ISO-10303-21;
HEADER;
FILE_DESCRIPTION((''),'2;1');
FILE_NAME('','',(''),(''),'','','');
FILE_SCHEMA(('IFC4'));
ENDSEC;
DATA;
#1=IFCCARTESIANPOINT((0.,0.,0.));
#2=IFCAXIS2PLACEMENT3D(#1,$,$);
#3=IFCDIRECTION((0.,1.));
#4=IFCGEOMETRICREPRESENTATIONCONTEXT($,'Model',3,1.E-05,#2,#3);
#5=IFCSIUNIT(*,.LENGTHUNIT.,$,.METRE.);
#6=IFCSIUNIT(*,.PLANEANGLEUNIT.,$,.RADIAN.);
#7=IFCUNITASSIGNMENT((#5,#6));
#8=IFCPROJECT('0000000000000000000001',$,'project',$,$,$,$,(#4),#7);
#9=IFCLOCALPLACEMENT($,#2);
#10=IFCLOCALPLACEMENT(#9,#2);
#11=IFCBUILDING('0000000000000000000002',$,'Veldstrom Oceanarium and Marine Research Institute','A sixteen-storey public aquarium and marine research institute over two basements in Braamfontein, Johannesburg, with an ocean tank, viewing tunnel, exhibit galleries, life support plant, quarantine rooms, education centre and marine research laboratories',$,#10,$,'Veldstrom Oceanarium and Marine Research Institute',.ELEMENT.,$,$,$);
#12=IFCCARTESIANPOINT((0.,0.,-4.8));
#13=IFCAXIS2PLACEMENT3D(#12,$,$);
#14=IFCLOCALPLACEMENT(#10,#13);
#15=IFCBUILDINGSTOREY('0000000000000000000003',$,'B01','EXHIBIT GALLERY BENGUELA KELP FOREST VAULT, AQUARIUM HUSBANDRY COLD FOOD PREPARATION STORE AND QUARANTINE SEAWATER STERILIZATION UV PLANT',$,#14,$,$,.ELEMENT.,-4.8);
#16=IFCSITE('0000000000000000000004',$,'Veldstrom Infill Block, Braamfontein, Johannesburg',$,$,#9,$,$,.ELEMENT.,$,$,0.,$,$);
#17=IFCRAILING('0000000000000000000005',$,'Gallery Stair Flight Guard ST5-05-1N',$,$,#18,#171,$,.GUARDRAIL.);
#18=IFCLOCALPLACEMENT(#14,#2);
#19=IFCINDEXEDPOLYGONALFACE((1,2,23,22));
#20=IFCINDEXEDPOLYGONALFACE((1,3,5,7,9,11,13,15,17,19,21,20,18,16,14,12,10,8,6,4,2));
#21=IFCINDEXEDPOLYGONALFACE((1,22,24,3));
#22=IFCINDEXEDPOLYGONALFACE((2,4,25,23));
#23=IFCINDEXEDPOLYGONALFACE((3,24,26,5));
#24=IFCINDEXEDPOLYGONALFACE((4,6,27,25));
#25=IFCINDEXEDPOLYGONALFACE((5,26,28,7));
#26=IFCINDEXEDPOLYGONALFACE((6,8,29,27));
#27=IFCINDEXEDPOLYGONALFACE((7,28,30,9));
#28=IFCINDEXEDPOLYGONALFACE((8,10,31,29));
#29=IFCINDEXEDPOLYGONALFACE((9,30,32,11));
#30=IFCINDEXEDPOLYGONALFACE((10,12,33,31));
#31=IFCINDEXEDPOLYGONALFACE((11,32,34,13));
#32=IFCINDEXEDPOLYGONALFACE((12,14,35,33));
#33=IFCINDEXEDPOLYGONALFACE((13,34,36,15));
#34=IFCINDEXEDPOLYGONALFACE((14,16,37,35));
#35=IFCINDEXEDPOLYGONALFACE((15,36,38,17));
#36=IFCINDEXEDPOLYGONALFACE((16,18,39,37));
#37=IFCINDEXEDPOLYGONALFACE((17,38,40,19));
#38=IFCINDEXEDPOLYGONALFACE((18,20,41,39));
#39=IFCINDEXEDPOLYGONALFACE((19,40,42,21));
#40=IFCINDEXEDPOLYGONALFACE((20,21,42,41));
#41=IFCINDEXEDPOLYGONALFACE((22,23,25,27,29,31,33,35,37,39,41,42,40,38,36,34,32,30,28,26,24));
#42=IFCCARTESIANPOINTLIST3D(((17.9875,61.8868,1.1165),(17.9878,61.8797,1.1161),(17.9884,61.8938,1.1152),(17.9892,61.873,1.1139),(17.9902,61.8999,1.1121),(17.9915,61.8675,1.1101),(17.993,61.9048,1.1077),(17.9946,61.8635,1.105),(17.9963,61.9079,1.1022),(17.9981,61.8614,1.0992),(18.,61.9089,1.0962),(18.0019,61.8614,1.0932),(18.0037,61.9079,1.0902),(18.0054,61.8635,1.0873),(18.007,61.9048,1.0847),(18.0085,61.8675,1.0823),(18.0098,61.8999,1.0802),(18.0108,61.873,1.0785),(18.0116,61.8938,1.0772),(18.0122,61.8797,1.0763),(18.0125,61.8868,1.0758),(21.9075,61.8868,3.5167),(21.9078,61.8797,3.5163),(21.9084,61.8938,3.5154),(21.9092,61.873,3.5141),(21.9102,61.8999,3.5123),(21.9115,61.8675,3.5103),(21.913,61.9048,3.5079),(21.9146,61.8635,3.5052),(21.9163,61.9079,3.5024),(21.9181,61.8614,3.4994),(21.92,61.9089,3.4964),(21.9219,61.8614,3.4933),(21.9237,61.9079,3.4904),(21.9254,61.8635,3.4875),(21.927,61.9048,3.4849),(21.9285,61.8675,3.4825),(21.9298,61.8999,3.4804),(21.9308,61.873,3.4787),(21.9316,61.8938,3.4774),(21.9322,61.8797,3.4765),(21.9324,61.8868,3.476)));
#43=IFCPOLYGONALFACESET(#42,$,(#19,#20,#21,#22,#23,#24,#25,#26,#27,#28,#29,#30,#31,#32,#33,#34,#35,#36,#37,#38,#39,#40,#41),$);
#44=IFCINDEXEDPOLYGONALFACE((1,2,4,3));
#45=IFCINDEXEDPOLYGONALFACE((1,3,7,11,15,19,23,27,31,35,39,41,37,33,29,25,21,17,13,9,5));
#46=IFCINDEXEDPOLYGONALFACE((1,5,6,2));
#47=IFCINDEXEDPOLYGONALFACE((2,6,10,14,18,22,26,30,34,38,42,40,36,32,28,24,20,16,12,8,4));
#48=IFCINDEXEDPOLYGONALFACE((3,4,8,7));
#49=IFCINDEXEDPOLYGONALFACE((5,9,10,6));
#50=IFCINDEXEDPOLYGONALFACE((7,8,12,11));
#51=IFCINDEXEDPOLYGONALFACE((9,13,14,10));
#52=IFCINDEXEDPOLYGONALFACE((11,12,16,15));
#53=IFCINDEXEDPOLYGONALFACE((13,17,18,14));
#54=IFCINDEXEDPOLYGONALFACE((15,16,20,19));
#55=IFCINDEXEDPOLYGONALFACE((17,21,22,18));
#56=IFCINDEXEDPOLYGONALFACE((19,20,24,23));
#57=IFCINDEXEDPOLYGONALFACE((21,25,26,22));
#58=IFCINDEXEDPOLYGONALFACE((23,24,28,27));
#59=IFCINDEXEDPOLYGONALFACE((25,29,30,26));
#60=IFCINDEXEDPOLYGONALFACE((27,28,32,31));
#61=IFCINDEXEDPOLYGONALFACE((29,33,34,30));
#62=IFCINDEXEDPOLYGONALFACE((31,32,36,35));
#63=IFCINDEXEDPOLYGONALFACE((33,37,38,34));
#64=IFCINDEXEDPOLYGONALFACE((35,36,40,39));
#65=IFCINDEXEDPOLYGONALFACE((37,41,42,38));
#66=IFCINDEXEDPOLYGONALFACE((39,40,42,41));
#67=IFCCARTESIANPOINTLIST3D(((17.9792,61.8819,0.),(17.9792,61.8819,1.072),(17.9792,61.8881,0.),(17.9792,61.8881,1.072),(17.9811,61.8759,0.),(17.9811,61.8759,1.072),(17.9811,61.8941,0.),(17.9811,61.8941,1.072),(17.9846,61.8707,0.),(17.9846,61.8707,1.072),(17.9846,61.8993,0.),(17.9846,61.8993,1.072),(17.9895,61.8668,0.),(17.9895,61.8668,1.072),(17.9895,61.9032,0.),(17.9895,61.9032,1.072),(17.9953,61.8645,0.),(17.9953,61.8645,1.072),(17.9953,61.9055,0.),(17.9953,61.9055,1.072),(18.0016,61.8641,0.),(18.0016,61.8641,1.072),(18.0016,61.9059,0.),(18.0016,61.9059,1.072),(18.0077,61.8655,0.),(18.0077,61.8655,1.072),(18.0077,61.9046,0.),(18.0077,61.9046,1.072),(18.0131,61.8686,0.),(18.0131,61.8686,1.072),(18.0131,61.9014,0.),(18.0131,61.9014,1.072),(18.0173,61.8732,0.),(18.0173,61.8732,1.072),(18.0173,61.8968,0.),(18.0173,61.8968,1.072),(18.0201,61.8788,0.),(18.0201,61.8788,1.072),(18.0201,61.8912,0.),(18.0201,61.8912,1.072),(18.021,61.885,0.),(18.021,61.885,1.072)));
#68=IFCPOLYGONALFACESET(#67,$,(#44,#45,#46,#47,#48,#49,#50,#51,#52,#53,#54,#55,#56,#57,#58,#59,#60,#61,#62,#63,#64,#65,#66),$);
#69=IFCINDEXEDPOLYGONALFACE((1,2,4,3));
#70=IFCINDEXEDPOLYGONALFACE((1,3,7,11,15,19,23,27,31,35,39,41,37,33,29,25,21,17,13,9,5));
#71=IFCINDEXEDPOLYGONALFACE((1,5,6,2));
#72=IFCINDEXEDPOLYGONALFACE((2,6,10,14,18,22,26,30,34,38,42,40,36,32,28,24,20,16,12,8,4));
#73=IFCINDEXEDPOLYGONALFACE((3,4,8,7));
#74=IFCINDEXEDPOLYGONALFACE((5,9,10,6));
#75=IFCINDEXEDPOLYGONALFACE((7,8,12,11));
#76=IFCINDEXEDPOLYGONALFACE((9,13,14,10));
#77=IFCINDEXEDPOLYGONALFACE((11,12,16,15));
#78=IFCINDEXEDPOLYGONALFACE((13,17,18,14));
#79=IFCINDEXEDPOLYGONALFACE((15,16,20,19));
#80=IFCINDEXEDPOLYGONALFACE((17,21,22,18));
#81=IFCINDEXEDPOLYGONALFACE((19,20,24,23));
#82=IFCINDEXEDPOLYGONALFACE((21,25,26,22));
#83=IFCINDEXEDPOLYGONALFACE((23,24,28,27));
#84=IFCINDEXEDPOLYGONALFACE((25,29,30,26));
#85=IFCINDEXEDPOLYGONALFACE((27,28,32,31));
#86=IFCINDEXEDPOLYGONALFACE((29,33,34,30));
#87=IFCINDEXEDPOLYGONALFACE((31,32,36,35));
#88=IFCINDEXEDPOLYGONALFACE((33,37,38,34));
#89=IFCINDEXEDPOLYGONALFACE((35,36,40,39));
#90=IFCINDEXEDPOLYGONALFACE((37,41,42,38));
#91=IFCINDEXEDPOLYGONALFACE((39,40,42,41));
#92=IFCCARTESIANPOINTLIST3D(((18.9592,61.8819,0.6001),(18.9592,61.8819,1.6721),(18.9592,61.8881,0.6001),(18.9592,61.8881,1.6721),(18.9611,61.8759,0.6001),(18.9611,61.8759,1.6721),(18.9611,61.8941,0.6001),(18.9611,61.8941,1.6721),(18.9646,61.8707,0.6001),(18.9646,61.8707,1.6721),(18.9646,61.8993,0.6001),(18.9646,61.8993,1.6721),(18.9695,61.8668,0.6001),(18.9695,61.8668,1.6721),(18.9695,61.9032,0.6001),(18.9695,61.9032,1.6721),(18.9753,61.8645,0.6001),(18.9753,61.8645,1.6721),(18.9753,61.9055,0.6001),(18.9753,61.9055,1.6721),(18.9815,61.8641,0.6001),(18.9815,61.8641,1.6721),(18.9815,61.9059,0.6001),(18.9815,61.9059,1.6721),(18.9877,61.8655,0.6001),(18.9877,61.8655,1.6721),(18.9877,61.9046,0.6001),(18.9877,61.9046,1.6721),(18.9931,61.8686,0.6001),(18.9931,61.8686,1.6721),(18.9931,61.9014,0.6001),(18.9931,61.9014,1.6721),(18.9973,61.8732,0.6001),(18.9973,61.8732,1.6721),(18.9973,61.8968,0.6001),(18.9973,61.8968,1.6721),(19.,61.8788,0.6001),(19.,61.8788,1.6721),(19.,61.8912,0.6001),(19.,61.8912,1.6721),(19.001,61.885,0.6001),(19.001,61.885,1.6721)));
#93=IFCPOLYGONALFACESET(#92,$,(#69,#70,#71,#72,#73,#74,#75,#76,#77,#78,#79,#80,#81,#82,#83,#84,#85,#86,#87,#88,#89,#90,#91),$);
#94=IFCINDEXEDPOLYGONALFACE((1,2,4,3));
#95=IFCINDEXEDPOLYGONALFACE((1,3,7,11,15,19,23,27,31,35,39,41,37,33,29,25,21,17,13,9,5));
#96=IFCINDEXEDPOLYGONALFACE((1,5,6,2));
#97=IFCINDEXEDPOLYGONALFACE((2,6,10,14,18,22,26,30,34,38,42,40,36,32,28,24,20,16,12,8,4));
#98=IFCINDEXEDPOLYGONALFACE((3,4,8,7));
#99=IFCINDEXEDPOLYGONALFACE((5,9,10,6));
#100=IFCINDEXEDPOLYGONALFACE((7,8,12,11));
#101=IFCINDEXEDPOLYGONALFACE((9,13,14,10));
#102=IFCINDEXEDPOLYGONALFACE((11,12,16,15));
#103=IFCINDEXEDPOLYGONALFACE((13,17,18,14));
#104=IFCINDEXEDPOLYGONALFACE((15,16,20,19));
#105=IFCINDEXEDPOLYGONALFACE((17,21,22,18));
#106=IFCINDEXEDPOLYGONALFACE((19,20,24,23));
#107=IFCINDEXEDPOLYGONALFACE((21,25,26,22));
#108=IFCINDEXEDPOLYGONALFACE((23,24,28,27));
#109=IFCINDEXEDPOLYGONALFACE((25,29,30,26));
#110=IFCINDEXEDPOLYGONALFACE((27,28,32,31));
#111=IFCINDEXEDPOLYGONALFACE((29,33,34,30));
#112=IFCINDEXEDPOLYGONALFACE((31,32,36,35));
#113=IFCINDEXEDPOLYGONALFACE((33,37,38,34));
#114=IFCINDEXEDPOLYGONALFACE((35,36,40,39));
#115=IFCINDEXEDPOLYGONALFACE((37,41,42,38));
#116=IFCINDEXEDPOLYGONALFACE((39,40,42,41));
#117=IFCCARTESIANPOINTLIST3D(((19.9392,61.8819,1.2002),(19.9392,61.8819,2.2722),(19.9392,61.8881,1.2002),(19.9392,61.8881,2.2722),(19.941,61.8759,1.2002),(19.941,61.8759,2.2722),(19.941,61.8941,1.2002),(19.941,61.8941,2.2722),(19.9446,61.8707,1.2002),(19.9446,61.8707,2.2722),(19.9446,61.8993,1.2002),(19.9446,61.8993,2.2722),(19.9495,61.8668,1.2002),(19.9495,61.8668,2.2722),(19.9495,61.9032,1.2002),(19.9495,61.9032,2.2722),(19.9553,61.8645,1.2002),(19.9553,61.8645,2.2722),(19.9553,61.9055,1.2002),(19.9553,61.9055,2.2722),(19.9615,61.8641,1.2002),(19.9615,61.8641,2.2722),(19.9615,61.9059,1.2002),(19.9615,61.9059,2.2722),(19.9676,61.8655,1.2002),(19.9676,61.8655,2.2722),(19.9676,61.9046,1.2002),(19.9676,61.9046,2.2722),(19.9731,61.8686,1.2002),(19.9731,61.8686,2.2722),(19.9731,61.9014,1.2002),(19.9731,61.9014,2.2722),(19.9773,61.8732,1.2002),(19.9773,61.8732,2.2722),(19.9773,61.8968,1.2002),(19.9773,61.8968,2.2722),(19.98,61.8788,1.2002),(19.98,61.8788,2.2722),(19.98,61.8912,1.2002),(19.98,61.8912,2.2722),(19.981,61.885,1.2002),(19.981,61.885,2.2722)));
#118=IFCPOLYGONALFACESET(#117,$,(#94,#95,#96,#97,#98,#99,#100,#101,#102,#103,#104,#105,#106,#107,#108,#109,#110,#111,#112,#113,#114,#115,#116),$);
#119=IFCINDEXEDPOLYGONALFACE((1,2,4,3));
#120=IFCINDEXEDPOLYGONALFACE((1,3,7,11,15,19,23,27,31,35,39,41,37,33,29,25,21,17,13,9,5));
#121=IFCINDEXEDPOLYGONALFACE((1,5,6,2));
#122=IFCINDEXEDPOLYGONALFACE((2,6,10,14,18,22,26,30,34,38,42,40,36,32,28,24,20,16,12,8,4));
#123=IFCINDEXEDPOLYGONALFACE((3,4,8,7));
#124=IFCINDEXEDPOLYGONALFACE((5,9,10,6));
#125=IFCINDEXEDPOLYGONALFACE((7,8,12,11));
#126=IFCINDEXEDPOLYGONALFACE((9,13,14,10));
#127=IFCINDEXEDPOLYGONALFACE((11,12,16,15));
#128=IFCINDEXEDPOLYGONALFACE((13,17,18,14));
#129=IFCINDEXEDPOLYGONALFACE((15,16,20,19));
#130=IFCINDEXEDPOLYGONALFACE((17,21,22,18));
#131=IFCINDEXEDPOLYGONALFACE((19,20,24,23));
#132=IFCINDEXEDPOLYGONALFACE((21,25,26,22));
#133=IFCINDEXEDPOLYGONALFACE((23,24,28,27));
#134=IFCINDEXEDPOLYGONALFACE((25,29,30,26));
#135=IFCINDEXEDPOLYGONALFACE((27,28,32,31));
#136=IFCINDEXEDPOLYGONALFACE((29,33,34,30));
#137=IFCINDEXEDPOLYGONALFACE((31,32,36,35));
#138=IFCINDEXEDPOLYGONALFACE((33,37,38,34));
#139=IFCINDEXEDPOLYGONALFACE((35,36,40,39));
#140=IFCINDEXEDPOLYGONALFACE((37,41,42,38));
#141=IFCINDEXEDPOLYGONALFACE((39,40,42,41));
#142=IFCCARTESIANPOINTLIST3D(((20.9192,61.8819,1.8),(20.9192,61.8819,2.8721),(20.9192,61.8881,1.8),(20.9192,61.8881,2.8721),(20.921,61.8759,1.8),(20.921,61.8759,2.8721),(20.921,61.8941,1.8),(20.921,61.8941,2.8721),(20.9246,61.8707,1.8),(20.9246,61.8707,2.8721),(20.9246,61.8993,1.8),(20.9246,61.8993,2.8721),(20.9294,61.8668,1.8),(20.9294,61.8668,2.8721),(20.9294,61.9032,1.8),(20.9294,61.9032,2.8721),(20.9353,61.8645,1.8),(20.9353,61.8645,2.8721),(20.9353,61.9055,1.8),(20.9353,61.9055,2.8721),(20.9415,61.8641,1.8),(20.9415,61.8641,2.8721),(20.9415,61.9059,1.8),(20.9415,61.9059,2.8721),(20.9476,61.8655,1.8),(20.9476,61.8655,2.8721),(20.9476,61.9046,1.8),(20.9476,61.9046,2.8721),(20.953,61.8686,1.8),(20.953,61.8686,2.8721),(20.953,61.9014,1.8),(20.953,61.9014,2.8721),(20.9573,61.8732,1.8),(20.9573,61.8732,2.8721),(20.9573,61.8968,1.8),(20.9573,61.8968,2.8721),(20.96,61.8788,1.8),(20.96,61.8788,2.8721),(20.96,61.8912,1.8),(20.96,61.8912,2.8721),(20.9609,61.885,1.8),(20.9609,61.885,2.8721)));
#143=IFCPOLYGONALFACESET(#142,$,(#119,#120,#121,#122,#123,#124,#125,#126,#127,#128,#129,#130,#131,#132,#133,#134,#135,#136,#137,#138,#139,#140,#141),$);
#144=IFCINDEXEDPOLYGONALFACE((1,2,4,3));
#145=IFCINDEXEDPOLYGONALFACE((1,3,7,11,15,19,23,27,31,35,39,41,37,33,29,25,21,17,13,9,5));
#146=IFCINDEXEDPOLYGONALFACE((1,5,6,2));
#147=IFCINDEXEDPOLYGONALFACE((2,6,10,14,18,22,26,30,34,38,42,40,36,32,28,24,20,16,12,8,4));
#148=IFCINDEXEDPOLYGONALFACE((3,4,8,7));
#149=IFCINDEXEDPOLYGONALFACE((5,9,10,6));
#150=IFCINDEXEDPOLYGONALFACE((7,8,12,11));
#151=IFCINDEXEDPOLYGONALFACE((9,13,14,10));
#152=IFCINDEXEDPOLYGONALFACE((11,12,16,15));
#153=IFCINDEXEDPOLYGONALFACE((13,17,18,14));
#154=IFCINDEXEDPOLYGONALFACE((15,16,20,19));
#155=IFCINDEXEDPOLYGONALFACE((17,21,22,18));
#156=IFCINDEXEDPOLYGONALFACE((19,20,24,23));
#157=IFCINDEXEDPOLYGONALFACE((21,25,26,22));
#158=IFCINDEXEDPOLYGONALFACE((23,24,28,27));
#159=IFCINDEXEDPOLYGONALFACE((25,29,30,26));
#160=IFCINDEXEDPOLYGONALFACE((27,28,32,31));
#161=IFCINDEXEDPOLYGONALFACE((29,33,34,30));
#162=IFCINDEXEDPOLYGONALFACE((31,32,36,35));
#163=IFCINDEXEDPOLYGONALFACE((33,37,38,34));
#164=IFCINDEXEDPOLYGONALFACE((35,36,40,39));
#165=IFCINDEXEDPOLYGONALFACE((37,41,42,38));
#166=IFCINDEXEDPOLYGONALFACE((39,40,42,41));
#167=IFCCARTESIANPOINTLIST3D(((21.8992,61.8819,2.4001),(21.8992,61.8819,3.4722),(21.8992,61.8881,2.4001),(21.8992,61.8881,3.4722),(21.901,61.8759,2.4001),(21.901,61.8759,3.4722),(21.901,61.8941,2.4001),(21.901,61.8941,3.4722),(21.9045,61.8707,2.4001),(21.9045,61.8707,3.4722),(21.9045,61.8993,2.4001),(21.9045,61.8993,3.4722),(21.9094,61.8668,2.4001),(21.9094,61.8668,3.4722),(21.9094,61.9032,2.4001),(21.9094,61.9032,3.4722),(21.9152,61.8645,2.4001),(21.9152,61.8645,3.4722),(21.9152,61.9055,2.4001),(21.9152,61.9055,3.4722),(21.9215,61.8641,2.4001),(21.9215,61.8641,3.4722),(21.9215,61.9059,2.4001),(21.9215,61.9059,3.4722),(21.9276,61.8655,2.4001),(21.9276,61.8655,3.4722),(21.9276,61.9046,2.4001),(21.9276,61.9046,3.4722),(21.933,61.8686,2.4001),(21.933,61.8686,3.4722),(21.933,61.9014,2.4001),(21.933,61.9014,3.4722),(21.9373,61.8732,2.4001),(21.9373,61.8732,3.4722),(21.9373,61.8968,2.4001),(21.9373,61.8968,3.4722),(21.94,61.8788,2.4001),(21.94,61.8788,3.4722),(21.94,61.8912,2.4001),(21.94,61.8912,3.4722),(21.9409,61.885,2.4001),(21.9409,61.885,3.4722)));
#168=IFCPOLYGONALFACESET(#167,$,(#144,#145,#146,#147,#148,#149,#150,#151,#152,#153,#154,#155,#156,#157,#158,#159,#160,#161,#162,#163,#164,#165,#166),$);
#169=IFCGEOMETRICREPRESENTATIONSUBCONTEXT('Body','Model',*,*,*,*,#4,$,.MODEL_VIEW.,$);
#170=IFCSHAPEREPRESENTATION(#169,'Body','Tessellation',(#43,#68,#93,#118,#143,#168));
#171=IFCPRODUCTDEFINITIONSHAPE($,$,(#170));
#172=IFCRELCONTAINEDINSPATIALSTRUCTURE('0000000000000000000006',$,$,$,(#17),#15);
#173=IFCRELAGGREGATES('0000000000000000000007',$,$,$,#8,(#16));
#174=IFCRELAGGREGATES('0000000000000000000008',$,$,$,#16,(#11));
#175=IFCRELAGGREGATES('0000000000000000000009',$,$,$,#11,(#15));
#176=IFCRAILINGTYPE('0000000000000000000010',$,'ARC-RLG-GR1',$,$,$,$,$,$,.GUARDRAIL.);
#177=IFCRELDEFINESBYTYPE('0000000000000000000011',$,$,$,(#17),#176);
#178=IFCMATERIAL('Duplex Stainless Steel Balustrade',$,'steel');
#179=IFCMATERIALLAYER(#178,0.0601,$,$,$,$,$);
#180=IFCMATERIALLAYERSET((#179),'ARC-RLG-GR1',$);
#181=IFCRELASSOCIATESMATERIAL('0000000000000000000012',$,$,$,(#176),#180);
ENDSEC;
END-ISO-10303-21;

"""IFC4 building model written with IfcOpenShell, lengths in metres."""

from ifc_helpers import new_model, si_unit, direction, frame, origin, origin_2d, place, context, subcontext, project, spatial, circle, extrude, material, layer, layer_set, type_object, element, save


model = new_model("IFC4")

# Units and contexts
model_context = context("Model", 3, precision=1e-05, world=origin(), true_north=direction((0.0, 1.0)))
body_context = subcontext(model_context, "Body", "Model", "MODEL_VIEW")
ifc_project = project(units=[si_unit("LENGTHUNIT", "METRE"), si_unit("PLANEANGLEUNIT", "RADIAN")], contexts=[model_context])

# Site, building, storey
site_placement = place(None, origin())
site = spatial("IfcSite", under=ifc_project, at=site_placement, Name="Veldstrom Infill Block, Braamfontein, Johannesburg", CompositionType="ELEMENT", RefElevation=0.0)
building_placement = place(site_placement, origin())
building = spatial("IfcBuilding", under=site, at=building_placement, Name="Veldstrom Oceanarium and Marine Research Institute", Description="A sixteen-storey public aquarium and marine research institute over two basements in Braamfontein, Johannesburg, with an ocean tank, viewing tunnel, exhibit galleries, life support plant, quarantine rooms, education centre and marine research laboratories", LongName="Veldstrom Oceanarium and Marine Research Institute", CompositionType="ELEMENT")
storey_placement = place(building_placement, frame((0.0, 0.0, -4.8)))
storey = spatial("IfcBuildingStorey", under=building, at=storey_placement, Name="B01", Description="EXHIBIT GALLERY BENGUELA KELP FOREST VAULT, AQUARIUM HUSBANDRY COLD FOOD PREPARATION STORE AND QUARANTINE SEAWATER STERILIZATION UV PLANT", CompositionType="ELEMENT", Elevation=-4.8)

# Railing
ifc_material_1 = material(Name="Duplex Stainless Steel Balustrade", Category="steel")
ifc_layer_1 = layer(ifc_material_1, 0.0601)
ifc_layer_set_1 = layer_set([ifc_layer_1], Name="ARC-RLG-GR1")
railing_type = type_object("IfcRailingType", Name="ARC-RLG-GR1", PredefinedType="GUARDRAIL", material=ifc_layer_set_1)
railing_1_placement = place(storey_placement, frame((18.0, 61.885, 0.0)))
element("IfcRailing", 1, at=railing_1_placement, inside=storey, type_object=railing_type, Name="Gallery Stair Flight Guard ST5-05-1N", PredefinedType="GUARDRAIL", context=body_context, shape_type="SweptSolid", body=[
    extrude(circle(Radius=0.0239, at=origin_2d()), frame((0.0, 0.0, 1.0962), z_axis=(0.852832, 0.0, 0.522185), x_axis=(0.0, 1.0, 0.0)), (0.0, 0.0, 1.0), 4.5964),
    extrude(circle(Radius=0.021, at=origin_2d()), origin(), (0.0, 0.0, 1.0), 1.072),
    extrude(circle(Radius=0.021, at=origin_2d()), frame((0.98, 0.0, 0.6001)), (0.0, 0.0, 1.0), 1.072),
    extrude(circle(Radius=0.021, at=origin_2d()), frame((1.96, 0.0, 1.2002)), (0.0, 0.0, 1.0), 1.072),
    extrude(circle(Radius=0.021, at=origin_2d()), frame((2.9399, 0.0, 1.8)), (0.0, 0.0, 1.0), 1.072),
    extrude(circle(Radius=0.021, at=origin_2d()), frame((3.9199, 0.0, 2.4001)), (0.0, 0.0, 1.0), 1.072),
])

save(model, "model.ifc")
